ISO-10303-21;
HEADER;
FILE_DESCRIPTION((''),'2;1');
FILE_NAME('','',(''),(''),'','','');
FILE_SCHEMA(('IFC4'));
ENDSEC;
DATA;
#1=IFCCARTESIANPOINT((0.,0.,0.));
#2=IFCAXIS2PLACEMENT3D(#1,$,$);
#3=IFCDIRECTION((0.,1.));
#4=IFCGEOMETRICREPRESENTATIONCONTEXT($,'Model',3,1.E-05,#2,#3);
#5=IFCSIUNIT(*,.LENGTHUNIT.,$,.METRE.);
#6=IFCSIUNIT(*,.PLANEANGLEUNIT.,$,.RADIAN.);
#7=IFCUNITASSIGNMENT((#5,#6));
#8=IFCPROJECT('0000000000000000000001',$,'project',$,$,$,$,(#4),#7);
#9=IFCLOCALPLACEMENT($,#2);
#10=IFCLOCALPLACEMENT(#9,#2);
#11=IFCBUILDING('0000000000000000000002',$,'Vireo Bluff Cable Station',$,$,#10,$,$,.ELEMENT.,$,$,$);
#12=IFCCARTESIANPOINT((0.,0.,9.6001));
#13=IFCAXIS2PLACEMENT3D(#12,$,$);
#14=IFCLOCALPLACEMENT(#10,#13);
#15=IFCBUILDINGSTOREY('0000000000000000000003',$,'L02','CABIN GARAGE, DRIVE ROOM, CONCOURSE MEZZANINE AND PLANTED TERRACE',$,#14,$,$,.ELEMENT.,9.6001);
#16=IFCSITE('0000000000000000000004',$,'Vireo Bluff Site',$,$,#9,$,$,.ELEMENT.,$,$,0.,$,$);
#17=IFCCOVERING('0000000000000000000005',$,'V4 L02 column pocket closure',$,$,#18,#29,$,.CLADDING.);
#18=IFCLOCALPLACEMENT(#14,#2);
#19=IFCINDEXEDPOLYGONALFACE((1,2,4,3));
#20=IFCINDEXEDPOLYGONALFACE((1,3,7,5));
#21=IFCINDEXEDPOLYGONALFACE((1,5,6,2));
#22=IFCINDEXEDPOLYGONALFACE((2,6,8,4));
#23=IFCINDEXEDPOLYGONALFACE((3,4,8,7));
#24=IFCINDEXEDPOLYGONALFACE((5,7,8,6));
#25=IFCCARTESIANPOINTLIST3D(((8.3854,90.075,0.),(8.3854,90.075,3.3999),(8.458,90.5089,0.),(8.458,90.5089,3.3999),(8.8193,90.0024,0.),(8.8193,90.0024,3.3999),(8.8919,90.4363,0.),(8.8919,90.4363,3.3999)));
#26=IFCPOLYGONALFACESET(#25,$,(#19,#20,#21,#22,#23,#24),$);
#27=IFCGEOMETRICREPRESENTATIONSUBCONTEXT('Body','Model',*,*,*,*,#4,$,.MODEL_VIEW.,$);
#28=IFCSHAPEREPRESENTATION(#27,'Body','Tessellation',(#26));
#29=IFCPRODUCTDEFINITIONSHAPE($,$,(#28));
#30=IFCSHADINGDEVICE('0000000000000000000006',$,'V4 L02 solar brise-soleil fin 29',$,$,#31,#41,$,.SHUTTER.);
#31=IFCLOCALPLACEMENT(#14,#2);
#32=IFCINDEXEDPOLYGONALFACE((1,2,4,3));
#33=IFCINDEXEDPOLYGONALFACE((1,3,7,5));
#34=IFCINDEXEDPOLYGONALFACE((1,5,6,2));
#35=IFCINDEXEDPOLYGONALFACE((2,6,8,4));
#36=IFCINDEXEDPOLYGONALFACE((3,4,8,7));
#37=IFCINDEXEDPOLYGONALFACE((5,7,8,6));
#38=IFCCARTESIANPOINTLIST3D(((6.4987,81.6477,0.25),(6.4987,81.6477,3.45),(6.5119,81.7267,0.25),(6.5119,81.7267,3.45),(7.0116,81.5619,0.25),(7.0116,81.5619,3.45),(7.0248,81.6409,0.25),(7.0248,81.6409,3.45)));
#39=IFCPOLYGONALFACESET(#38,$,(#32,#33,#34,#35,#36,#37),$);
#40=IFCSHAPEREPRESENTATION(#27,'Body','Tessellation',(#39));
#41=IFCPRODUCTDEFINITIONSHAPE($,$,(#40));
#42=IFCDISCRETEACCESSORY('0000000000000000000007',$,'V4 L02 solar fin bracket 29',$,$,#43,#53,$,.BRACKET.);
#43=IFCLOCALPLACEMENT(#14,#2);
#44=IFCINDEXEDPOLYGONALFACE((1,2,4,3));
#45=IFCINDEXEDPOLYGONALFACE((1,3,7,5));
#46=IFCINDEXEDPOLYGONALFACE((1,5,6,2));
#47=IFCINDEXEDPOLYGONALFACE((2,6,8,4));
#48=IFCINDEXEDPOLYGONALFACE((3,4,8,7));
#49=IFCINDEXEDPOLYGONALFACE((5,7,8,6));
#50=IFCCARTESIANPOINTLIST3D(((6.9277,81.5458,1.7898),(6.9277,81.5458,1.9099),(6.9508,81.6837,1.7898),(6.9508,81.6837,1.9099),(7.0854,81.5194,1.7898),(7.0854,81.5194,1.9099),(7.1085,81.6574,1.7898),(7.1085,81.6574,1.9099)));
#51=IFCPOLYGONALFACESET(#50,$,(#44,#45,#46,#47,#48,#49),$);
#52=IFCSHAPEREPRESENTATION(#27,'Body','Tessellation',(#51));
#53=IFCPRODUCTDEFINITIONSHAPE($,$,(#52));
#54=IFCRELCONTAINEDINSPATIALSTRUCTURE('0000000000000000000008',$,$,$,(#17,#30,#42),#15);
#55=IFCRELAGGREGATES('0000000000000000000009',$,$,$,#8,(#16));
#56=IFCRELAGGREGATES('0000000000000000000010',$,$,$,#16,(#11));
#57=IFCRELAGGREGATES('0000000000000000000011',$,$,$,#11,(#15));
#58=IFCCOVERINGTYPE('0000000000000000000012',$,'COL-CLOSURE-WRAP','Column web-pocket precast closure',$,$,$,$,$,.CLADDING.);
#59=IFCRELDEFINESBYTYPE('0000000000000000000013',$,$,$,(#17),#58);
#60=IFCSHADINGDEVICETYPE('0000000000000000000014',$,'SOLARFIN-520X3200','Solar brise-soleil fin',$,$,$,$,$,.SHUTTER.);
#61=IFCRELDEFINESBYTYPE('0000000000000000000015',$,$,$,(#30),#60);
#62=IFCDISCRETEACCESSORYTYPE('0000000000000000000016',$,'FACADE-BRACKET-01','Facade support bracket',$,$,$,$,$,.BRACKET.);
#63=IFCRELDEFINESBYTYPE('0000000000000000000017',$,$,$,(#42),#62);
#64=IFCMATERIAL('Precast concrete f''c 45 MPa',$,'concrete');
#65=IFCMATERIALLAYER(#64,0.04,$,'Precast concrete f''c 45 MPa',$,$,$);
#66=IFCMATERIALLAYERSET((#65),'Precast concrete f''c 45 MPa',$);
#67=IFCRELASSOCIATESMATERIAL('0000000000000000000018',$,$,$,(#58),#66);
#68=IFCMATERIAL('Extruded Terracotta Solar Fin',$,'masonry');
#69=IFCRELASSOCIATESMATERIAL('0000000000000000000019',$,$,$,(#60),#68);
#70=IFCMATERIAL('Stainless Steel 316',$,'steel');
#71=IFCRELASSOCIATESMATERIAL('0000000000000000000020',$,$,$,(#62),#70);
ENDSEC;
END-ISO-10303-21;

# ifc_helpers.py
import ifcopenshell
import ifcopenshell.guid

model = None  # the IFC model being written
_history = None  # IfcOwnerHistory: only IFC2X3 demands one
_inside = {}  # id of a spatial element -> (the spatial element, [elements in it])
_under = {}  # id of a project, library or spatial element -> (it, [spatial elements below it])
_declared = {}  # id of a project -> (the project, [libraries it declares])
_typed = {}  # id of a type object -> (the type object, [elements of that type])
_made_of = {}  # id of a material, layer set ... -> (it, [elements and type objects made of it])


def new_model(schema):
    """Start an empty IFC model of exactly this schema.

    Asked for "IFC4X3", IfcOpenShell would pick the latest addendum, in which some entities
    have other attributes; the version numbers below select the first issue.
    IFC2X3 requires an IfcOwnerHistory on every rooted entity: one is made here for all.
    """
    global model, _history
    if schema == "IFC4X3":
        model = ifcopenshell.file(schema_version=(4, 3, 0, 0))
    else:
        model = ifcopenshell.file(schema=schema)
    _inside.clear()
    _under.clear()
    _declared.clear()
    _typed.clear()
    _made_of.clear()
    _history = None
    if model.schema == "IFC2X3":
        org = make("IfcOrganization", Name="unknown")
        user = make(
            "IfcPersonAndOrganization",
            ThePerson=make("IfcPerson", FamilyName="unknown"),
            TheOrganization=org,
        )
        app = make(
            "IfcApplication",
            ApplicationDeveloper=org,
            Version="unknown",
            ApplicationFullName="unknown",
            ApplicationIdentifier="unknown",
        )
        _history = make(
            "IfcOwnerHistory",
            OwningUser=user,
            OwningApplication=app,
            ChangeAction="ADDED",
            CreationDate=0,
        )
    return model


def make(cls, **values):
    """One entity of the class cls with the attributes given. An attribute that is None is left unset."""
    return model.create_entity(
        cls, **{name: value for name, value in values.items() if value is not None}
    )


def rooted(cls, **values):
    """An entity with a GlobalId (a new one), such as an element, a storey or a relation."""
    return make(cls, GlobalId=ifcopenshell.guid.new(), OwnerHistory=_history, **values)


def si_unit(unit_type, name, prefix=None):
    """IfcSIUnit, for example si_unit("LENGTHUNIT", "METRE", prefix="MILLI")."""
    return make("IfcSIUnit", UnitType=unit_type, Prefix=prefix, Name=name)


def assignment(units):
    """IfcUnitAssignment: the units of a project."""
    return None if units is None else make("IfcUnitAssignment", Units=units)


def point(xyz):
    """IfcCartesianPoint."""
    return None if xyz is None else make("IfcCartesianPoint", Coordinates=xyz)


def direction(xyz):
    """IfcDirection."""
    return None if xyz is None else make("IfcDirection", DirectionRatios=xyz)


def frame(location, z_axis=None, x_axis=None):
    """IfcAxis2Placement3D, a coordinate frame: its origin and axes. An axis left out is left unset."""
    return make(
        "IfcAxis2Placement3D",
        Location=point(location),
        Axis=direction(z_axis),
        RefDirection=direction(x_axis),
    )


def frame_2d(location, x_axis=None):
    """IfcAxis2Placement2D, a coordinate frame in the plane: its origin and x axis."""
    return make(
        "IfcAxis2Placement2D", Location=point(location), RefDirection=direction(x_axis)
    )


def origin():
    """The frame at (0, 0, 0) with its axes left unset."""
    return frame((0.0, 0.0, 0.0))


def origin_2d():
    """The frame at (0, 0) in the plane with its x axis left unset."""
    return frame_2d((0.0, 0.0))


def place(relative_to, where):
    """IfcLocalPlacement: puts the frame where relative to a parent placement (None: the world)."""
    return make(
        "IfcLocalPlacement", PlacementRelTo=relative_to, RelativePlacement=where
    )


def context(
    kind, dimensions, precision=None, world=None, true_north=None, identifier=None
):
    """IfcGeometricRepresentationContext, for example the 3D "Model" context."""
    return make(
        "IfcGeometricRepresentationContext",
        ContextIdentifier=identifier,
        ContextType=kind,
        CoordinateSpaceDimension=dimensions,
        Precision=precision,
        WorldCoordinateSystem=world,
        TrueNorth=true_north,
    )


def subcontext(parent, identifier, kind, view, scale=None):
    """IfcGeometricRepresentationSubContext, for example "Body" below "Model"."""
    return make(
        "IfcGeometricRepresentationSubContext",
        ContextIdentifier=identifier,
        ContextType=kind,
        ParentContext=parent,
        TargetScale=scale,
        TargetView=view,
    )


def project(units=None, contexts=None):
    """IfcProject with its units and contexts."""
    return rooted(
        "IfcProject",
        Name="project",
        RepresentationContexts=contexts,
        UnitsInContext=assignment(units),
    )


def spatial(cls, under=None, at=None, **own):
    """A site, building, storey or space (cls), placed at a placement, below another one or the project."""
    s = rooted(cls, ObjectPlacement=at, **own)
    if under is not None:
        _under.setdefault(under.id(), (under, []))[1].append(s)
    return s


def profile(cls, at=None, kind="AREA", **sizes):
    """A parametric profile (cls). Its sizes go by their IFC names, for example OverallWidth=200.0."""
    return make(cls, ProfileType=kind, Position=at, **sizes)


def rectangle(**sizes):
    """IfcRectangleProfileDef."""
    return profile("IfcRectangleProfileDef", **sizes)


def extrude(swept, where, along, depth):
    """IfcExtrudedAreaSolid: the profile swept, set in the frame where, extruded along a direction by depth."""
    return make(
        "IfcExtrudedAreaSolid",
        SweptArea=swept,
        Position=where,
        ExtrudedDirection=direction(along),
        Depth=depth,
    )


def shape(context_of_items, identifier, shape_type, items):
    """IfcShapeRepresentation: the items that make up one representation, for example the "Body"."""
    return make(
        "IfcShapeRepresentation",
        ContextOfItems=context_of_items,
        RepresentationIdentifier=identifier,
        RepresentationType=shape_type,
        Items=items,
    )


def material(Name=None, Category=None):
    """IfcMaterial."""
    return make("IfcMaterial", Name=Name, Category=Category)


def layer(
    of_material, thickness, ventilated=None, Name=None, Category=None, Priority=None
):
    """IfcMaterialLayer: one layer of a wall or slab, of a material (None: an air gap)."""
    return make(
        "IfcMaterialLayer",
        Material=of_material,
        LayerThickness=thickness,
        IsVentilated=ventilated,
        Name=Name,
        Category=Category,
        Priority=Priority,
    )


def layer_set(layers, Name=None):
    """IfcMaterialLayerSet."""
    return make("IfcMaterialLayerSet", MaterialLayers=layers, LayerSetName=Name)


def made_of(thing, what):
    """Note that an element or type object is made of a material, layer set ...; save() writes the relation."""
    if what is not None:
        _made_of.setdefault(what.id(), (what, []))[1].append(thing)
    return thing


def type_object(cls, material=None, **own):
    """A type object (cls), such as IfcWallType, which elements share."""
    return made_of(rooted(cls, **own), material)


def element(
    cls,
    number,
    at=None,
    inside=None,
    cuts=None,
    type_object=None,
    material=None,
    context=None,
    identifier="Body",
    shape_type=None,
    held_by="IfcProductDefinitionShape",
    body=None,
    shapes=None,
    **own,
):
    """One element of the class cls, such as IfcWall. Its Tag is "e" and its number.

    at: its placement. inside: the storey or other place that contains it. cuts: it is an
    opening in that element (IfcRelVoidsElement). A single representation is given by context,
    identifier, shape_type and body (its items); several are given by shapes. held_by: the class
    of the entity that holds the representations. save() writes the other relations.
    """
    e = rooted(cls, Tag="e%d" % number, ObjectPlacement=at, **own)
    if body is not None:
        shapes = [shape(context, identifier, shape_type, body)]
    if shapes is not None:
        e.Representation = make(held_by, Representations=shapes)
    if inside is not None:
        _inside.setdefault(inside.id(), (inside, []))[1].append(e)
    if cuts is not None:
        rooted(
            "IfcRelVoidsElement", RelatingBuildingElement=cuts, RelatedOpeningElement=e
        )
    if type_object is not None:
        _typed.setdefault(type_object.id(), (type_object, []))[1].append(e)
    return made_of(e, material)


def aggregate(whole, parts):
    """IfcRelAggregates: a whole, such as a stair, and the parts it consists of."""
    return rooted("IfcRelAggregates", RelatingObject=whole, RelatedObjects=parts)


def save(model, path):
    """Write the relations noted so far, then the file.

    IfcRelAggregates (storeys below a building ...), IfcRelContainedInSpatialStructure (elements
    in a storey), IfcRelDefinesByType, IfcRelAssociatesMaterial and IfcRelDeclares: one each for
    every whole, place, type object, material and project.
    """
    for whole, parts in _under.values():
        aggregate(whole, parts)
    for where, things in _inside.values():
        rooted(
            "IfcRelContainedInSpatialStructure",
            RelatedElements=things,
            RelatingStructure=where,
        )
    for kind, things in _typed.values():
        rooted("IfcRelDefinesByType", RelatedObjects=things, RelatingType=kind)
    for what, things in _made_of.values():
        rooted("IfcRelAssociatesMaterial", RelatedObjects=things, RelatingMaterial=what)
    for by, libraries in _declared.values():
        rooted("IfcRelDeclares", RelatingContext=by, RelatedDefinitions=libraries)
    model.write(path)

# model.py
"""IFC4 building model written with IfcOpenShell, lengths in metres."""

from ifc_helpers import new_model, si_unit, direction, frame, origin, origin_2d, place, context, subcontext, project, spatial, rectangle, extrude, material, layer, layer_set, type_object, element, save


model = new_model("IFC4")

# Units and contexts
model_context = context("Model", 3, precision=1e-05, world=origin(), true_north=direction((0.0, 1.0)))
body_context = subcontext(model_context, "Body", "Model", "MODEL_VIEW")
ifc_project = project(units=[si_unit("LENGTHUNIT", "METRE"), si_unit("PLANEANGLEUNIT", "RADIAN")], contexts=[model_context])

# Site, building, storey
site_placement = place(None, origin())
site = spatial("IfcSite", under=ifc_project, at=site_placement, Name="Vireo Bluff Site", CompositionType="ELEMENT", RefElevation=0.0)
building_placement = place(site_placement, origin())
building = spatial("IfcBuilding", under=site, at=building_placement, Name="Vireo Bluff Cable Station", CompositionType="ELEMENT")
storey_placement = place(building_placement, frame((0.0, 0.0, 9.6001)))
storey = spatial("IfcBuildingStorey", under=building, at=storey_placement, Name="L02", Description="CABIN GARAGE, DRIVE ROOM, CONCOURSE MEZZANINE AND PLANTED TERRACE", CompositionType="ELEMENT", Elevation=9.6001)

# Shared definitions
ifc_material_1 = material(Name="Precast concrete f'c 45 MPa", Category="concrete")

# Shared definitions
ifc_material_2 = material(Name="Stainless Steel 316", Category="steel")

# Covering
ifc_layer_1 = layer(ifc_material_1, 0.04, Name="Precast concrete f'c 45 MPa")
ifc_layer_set_1 = layer_set([ifc_layer_1], Name="Precast concrete f'c 45 MPa")
covering_type = type_object("IfcCoveringType", Name="COL-CLOSURE-WRAP", Description="Column web-pocket precast closure", PredefinedType="CLADDING", material=ifc_layer_set_1)
for number, where, z_axis, x_axis, name in (
    (1, (8.6387, 90.2556, 0.0), (0.0, 0.0, 1.0), (0.986286, -0.165048, 0.0), "V4 L02 column pocket closure"),
):
    element("IfcCovering", number, at=place(storey_placement, frame(where, z_axis=z_axis, x_axis=x_axis)), inside=storey, type_object=covering_type, Name=name, PredefinedType="CLADDING", context=body_context, shape_type="SweptSolid", body=[
        extrude(rectangle(XDim=0.4399, YDim=0.4399, at=origin_2d()), origin(), (0.0, 0.0, 1.0), 3.3999),
    ])

# Shading device
ifc_material_3 = material(Name="Extruded Terracotta Solar Fin", Category="masonry")
shading_device_type = type_object("IfcShadingDeviceType", Name="SOLARFIN-520X3200", Description="Solar brise-soleil fin", PredefinedType="SHUTTER", material=ifc_material_3)
shading_device_placement = place(storey_placement, frame((6.7617, 81.6443, 0.25), z_axis=(0.0, 0.0, 1.0), x_axis=(0.165048, 0.986286, 0.0)))
element("IfcShadingDevice", 2, at=shading_device_placement, inside=storey, type_object=shading_device_type, Name="V4 L02 solar brise-soleil fin 29", PredefinedType="SHUTTER", context=body_context, shape_type="SweptSolid", body=[
    extrude(rectangle(XDim=0.0801, YDim=0.52, at=origin_2d()), origin(), (0.0, 0.0, 1.0), 3.2),
])

# Discrete accessory
discrete_accessory_type = type_object("IfcDiscreteAccessoryType", Name="FACADE-BRACKET-01", Description="Facade support bracket", PredefinedType="BRACKET", material=ifc_material_2)
discrete_accessory_placement = place(storey_placement, frame((7.0181, 81.6016, 1.7898), z_axis=(0.0, 0.0, 1.0), x_axis=(0.165048, 0.986286, 0.0)))
element("IfcDiscreteAccessory", 3, at=discrete_accessory_placement, inside=storey, type_object=discrete_accessory_type, Name="V4 L02 solar fin bracket 29", PredefinedType="BRACKET", context=body_context, shape_type="SweptSolid", body=[
    extrude(rectangle(XDim=0.1399, YDim=0.1599, at=origin_2d()), origin(), (0.0, 0.0, 1.0), 0.1201),
])

save(model, "model.ifc")
